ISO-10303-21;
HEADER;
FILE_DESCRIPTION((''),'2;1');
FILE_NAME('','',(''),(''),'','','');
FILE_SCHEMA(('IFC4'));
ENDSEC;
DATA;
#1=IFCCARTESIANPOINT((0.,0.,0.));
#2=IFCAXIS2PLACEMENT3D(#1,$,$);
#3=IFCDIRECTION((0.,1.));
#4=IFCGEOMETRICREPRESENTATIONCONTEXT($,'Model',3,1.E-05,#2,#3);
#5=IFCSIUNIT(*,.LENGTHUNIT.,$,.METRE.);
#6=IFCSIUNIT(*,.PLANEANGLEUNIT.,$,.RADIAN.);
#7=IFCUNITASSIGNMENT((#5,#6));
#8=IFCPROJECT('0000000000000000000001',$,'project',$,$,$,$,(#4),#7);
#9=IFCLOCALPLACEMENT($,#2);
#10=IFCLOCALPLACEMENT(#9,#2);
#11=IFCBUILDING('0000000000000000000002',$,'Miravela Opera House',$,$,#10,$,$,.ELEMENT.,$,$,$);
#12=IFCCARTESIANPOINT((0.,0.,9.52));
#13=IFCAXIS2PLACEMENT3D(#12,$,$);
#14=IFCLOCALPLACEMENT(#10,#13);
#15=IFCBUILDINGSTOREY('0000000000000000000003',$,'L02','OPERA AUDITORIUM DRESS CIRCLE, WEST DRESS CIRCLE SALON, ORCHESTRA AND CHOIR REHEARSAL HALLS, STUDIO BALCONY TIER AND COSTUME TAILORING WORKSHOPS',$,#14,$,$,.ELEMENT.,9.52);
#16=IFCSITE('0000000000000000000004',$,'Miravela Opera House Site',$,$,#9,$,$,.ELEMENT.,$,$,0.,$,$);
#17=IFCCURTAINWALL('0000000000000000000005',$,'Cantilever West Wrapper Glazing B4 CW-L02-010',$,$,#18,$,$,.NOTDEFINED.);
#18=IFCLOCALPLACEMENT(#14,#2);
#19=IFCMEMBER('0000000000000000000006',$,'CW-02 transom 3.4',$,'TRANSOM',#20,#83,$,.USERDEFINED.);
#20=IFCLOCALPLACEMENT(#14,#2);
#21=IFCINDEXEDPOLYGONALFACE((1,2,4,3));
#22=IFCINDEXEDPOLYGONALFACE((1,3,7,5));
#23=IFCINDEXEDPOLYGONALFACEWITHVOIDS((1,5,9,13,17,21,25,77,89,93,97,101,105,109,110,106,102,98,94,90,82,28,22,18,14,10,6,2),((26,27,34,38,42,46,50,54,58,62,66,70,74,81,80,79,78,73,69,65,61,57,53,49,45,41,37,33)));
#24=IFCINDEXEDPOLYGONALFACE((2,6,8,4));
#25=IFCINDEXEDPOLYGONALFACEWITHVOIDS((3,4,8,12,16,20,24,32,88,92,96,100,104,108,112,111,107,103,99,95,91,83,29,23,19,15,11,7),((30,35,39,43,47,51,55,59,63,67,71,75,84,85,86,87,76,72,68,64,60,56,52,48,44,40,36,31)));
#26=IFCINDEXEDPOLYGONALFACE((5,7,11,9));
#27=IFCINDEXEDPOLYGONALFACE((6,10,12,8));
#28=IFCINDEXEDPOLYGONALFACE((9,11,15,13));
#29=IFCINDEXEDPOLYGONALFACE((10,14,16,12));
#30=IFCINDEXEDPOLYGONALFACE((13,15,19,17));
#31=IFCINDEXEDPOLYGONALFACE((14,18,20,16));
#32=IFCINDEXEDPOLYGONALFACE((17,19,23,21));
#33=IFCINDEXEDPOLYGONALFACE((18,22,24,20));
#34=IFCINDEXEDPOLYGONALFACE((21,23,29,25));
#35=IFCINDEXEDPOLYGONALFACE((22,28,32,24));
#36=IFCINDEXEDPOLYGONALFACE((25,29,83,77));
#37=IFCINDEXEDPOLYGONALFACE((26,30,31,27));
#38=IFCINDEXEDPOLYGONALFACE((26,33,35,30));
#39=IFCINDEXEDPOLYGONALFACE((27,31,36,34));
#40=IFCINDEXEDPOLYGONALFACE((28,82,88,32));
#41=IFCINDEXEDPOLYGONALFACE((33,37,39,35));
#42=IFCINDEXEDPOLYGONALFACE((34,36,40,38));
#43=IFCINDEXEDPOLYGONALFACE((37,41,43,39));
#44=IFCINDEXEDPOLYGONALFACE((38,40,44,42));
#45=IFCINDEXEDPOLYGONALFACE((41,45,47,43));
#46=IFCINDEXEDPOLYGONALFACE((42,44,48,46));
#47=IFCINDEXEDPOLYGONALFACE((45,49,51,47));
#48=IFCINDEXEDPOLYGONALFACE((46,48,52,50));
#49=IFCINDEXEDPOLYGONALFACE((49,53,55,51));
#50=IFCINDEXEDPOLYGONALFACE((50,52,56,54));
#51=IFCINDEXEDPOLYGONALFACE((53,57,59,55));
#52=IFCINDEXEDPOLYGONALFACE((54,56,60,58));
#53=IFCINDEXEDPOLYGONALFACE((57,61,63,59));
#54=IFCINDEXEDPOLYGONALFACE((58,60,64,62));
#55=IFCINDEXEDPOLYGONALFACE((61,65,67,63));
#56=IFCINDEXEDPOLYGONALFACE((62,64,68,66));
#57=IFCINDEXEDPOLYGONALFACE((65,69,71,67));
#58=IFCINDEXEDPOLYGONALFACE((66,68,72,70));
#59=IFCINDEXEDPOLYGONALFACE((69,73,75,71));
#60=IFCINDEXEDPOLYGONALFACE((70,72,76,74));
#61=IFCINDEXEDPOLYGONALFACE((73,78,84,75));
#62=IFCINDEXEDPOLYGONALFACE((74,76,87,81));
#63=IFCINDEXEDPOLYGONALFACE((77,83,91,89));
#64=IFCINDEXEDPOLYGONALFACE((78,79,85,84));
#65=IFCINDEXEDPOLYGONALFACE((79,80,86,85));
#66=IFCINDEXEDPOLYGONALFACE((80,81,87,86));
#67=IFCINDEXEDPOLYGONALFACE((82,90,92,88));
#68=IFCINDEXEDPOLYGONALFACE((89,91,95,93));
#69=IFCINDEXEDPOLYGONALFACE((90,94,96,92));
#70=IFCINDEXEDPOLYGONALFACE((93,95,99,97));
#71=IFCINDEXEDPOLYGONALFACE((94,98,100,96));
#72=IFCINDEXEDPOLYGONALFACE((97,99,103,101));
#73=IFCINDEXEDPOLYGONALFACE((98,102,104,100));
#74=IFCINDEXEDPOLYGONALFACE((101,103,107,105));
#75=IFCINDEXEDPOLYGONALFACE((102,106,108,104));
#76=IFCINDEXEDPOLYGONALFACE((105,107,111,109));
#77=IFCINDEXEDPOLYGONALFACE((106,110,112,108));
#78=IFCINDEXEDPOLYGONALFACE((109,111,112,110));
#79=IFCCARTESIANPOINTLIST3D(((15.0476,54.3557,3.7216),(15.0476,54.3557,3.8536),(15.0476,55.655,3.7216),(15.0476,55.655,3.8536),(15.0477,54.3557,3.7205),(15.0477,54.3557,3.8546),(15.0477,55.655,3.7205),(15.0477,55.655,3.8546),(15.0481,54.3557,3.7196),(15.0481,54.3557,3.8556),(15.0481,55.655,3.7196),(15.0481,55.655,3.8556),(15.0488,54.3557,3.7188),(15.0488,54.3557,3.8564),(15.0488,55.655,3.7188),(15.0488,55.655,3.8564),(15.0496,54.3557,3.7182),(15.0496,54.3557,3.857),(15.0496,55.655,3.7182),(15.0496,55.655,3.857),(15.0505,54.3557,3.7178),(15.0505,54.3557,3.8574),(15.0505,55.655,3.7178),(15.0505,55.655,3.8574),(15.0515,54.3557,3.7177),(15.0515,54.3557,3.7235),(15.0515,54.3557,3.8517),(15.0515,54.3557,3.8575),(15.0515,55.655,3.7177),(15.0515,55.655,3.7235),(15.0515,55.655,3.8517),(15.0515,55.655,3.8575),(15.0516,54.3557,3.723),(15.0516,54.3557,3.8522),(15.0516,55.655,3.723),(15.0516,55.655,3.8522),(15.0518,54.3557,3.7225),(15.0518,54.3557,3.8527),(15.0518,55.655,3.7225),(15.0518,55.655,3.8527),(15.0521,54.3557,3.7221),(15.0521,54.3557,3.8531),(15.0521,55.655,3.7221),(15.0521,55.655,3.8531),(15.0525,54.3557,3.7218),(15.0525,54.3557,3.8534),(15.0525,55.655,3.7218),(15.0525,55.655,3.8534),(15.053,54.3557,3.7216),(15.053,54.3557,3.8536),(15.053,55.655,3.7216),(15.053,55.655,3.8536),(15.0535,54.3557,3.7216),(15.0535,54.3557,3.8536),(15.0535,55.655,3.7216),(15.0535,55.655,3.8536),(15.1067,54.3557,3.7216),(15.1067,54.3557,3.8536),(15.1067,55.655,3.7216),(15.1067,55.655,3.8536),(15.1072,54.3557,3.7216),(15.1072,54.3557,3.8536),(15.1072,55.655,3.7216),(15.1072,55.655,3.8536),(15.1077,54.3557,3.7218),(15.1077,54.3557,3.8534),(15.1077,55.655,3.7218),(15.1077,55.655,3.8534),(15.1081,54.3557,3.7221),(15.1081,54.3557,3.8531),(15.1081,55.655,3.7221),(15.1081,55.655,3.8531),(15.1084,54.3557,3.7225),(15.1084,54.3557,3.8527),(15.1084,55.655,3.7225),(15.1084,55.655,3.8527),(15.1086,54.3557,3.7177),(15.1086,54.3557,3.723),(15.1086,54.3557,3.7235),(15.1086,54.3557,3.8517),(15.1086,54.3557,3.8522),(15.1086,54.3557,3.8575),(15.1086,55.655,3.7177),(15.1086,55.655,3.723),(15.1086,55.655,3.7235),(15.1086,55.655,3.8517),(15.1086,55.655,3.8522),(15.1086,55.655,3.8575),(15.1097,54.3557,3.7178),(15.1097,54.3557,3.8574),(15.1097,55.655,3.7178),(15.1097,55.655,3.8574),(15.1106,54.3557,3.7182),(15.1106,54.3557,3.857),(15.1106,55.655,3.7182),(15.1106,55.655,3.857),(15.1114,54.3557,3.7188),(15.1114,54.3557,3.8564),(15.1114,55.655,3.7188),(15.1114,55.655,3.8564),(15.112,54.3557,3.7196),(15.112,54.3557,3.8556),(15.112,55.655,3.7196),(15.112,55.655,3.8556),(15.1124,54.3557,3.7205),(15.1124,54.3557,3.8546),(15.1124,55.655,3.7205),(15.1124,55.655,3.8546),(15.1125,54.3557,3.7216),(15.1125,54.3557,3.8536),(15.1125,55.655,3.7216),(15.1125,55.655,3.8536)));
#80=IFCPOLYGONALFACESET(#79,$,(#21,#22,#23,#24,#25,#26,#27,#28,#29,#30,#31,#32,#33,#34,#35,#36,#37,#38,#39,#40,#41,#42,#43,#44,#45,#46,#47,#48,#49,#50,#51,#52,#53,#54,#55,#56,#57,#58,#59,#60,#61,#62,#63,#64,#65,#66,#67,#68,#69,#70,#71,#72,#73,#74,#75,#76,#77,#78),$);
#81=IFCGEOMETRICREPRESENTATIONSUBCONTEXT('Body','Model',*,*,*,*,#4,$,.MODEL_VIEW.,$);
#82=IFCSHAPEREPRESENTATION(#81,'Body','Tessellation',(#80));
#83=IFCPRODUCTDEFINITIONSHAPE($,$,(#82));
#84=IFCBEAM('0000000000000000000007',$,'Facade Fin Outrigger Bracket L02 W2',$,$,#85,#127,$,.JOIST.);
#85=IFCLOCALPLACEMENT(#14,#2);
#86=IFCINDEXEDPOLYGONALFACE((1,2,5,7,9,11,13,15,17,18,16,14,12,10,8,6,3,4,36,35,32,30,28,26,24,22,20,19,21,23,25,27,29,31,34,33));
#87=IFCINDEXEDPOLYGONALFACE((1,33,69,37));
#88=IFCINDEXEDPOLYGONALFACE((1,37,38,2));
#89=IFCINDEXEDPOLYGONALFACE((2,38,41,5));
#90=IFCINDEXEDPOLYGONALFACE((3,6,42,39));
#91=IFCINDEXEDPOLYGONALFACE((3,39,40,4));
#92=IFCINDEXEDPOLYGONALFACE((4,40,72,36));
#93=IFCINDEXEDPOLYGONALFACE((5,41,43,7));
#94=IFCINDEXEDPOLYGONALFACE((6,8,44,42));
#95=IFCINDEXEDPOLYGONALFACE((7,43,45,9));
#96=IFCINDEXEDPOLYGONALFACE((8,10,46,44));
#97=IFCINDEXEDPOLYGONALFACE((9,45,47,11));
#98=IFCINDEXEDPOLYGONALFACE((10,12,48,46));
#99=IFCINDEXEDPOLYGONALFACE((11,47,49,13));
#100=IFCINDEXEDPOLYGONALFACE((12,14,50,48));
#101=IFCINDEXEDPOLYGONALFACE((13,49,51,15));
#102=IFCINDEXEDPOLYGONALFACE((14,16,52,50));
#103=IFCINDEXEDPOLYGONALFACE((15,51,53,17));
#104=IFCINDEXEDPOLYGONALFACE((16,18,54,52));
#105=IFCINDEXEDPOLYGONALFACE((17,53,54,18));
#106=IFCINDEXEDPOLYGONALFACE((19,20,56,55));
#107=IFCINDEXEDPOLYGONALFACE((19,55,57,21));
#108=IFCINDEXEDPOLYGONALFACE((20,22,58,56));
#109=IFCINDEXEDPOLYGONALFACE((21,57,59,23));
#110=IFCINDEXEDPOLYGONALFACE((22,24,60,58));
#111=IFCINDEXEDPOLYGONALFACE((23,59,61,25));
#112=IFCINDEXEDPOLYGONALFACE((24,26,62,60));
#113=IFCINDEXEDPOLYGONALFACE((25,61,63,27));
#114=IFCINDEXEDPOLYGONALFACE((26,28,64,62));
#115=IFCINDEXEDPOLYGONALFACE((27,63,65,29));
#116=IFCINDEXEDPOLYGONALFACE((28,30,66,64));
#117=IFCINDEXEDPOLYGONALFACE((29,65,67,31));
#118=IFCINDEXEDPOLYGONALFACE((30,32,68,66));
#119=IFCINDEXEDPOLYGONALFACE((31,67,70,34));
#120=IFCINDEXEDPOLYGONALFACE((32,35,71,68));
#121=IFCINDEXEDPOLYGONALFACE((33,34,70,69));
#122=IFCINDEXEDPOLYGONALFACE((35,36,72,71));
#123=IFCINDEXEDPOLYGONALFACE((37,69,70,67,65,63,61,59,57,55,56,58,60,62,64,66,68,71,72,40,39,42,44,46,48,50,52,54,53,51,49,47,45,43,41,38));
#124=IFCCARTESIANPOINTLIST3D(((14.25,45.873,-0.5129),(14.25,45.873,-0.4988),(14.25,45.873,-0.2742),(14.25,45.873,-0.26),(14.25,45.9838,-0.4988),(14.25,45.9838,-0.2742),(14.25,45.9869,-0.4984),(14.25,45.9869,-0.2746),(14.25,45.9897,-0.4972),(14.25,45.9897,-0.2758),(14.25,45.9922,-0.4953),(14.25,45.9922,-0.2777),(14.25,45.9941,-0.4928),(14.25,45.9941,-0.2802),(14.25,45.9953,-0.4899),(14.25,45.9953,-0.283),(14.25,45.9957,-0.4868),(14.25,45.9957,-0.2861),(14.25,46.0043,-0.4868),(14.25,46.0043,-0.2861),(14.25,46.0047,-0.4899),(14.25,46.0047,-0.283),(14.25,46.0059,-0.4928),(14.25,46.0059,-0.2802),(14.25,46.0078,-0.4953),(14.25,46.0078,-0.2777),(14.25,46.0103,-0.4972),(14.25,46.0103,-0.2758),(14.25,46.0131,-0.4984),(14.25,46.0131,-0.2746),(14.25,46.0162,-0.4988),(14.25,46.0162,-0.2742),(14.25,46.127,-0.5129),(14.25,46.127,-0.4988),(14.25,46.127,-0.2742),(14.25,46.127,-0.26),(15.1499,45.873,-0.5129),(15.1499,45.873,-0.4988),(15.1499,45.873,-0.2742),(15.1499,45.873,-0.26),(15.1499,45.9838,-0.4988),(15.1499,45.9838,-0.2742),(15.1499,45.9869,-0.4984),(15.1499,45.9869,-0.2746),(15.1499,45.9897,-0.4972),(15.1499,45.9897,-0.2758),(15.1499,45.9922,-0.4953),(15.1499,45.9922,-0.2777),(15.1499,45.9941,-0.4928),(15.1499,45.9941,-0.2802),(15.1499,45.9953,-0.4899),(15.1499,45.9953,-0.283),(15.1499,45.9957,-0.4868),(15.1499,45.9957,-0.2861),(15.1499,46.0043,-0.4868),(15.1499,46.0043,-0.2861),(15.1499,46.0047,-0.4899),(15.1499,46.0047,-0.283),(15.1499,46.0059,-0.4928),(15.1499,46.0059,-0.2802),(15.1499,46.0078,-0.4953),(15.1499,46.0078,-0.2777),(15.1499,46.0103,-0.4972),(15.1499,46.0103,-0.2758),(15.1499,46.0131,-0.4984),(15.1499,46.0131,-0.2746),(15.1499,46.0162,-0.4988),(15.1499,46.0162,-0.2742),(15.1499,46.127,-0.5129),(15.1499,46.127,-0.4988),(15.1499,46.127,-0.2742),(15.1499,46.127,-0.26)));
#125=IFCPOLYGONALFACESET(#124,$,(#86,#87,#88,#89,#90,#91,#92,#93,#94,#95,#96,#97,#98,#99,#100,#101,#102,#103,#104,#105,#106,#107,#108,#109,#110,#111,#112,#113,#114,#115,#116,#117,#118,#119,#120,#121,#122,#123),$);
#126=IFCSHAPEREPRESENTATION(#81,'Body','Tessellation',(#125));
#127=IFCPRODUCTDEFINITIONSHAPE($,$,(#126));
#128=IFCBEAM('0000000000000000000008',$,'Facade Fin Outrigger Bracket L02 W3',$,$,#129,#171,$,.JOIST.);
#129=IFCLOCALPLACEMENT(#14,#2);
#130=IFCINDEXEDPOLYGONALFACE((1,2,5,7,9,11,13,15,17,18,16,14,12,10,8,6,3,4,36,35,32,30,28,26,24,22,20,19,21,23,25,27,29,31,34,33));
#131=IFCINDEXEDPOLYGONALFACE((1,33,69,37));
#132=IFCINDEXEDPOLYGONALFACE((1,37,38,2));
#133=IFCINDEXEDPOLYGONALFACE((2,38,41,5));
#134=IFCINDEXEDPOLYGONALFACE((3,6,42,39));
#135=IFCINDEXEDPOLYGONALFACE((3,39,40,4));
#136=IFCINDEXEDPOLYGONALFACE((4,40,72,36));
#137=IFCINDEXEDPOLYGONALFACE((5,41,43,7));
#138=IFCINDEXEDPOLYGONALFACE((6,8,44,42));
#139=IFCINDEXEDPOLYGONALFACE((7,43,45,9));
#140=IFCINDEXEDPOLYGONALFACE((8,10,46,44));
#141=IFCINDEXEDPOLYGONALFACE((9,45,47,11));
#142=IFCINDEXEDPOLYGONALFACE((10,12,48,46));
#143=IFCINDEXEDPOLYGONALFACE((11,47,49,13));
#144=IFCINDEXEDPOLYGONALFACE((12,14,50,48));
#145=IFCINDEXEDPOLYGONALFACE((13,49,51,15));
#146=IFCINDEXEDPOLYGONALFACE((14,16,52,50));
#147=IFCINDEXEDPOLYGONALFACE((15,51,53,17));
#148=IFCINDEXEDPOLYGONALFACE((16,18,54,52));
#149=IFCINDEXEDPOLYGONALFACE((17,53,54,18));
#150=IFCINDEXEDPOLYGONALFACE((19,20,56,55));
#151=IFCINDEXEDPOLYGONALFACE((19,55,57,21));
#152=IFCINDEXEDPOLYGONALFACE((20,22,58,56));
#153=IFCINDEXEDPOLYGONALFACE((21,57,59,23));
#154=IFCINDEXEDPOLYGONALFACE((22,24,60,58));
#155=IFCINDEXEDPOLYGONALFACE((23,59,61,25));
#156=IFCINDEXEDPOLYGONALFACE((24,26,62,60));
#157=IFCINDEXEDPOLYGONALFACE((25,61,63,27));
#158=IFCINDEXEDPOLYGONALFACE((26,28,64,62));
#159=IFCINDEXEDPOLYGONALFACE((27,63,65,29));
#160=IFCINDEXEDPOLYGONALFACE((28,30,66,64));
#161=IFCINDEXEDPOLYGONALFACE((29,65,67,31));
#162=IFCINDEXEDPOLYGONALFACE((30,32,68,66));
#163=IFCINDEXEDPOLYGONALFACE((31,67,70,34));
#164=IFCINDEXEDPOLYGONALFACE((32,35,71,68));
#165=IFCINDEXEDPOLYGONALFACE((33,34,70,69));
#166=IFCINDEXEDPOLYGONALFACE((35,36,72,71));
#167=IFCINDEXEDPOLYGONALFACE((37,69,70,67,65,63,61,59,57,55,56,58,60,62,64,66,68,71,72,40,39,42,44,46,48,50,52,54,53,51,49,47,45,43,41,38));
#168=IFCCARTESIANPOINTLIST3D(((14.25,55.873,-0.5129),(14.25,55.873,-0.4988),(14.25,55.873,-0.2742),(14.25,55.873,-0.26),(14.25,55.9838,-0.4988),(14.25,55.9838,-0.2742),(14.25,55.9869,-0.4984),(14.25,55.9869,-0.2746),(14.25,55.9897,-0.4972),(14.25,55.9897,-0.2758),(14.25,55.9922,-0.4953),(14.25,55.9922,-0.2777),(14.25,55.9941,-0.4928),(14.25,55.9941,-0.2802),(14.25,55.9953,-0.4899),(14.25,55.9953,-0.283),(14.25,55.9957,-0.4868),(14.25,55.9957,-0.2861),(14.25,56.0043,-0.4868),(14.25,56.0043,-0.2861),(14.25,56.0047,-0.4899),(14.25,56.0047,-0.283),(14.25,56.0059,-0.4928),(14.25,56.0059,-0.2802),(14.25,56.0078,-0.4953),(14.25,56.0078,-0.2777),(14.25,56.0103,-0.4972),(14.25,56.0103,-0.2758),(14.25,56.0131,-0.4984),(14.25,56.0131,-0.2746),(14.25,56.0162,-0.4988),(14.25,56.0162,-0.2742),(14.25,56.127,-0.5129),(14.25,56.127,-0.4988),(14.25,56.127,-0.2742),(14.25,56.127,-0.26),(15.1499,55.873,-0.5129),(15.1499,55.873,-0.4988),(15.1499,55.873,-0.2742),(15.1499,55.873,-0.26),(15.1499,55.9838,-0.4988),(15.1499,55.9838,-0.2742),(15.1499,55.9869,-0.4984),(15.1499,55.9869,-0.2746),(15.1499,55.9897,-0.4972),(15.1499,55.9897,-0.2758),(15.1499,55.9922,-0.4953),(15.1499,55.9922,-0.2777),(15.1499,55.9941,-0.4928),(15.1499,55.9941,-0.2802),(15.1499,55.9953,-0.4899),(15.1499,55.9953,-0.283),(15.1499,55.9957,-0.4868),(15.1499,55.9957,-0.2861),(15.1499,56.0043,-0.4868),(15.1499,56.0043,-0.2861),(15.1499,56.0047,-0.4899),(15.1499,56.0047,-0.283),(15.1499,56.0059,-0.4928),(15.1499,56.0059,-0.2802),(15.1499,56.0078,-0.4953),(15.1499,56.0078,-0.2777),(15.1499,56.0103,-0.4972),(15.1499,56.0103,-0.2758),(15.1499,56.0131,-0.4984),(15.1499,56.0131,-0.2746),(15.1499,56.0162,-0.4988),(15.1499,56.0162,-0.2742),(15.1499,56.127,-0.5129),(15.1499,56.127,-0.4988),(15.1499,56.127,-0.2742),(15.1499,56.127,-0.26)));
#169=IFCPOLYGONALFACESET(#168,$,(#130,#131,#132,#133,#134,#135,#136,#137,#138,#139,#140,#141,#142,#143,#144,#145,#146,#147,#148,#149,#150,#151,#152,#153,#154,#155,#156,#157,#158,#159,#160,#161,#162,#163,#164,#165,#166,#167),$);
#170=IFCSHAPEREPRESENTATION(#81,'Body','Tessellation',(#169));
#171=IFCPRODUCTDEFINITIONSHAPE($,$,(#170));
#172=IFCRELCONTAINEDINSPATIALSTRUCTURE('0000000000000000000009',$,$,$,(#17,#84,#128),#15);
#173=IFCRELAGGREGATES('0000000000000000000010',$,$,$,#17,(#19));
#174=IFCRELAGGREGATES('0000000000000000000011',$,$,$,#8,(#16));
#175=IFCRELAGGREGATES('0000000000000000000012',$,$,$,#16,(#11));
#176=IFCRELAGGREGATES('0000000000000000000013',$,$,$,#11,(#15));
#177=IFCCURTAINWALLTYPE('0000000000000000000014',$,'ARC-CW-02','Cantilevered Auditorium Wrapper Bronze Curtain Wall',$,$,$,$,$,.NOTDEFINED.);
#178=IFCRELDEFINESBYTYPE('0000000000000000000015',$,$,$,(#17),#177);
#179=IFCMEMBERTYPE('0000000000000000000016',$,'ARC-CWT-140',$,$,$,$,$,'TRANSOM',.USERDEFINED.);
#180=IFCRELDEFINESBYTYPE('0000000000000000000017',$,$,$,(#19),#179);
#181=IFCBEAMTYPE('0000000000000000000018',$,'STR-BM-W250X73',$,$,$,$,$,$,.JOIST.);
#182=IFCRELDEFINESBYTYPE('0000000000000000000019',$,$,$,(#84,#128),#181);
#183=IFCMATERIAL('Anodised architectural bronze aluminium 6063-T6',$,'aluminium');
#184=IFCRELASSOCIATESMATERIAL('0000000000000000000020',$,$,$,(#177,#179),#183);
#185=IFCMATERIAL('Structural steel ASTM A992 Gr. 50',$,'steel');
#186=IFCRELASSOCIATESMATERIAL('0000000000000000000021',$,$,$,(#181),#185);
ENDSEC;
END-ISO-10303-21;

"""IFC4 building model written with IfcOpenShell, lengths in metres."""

from ifc_helpers import new_model, si_unit, direction, frame, origin, origin_2d, place, context, subcontext, project, spatial, hollow_rectangle, i_section, extrude, material, material_profile, profile_set, type_object, element, aggregate, save


model = new_model("IFC4")

# Units and contexts
model_context = context("Model", 3, precision=1e-05, world=origin(), true_north=direction((0.0, 1.0)))
body_context = subcontext(model_context, "Body", "Model", "MODEL_VIEW")
ifc_project = project(units=[si_unit("LENGTHUNIT", "METRE"), si_unit("PLANEANGLEUNIT", "RADIAN")], contexts=[model_context])

# Site, building, storey
site_placement = place(None, origin())
site = spatial("IfcSite", under=ifc_project, at=site_placement, Name="Miravela Opera House Site", CompositionType="ELEMENT", RefElevation=0.0)
building_placement = place(site_placement, origin())
building = spatial("IfcBuilding", under=site, at=building_placement, Name="Miravela Opera House", CompositionType="ELEMENT")
storey_placement = place(building_placement, frame((0.0, 0.0, 9.52)))
storey = spatial("IfcBuildingStorey", under=building, at=storey_placement, Name="L02", Description="OPERA AUDITORIUM DRESS CIRCLE, WEST DRESS CIRCLE SALON, ORCHESTRA AND CHOIR REHEARSAL HALLS, STUDIO BALCONY TIER AND COSTUME TAILORING WORKSHOPS", CompositionType="ELEMENT", Elevation=9.52)

# Curtain wall, member
ifc_material_1 = material(Name="Anodised architectural bronze aluminium 6063-T6", Category="aluminium")
curtain_wall_type = type_object("IfcCurtainWallType", Name="ARC-CW-02", Description="Cantilevered Auditorium Wrapper Bronze Curtain Wall", PredefinedType="NOTDEFINED", material=ifc_material_1)
curtain_wall_placement = place(storey_placement, origin())
curtain_wall = element("IfcCurtainWall", 1, at=curtain_wall_placement, inside=storey, type_object=curtain_wall_type, Name="Cantilever West Wrapper Glazing B4 CW-L02-010", PredefinedType="NOTDEFINED")
ifc_material_profile_1 = material_profile(ifc_material_1, hollow_rectangle(XDim=0.0649, YDim=0.1399, WallThickness=0.0039, InnerFilletRadius=0.002, OuterFilletRadius=0.0039, at=origin_2d()), Name="CWT-65X140")
ifc_profile_set_1 = profile_set([ifc_material_profile_1])
member_type_1 = type_object("IfcMemberType", Name="ARC-CWT-140", ElementType="TRANSOM", PredefinedType="USERDEFINED", material=ifc_profile_set_1)
member_1_placement = place(storey_placement, frame((15.0801, 54.3557, 3.7876), z_axis=(0.0, 1.0, 0.0), x_axis=(-1.0, 0.0, 0.0)))
member_1 = element("IfcMember", 2, at=member_1_placement, type_object=member_type_1, Name="CW-02 transom 3.4", ObjectType="TRANSOM", PredefinedType="USERDEFINED", context=body_context, shape_type="SweptSolid", body=[
    extrude(hollow_rectangle(XDim=0.0649, YDim=0.1399, WallThickness=0.0039, InnerFilletRadius=0.002, OuterFilletRadius=0.0039, at=origin_2d()), origin(), (0.0, 0.0, 1.0), 1.2993),
])

# Beams
ifc_material_2 = material(Name="Structural steel ASTM A992 Gr. 50", Category="steel")
ifc_material_profile_2 = material_profile(ifc_material_2, i_section(OverallWidth=0.2539, OverallDepth=0.2529, WebThickness=0.0085, FlangeThickness=0.0142, FilletRadius=0.012, at=origin_2d()), Name="W250X73")
ifc_profile_set_2 = profile_set([ifc_material_profile_2])
beam_type_1 = type_object("IfcBeamType", Name="STR-BM-W250X73", PredefinedType="JOIST", material=ifc_profile_set_2)
for number, where, z_axis, x_axis, name in (
    (3, (15.1499, 46.0, -0.3865), (-1.0, 0.0, 0.0), (0.0, -1.0, 0.0), "Facade Fin Outrigger Bracket L02 W2"),
    (4, (15.1499, 56.0, -0.3865), (-1.0, 0.0, 0.0), (0.0, -1.0, 0.0), "Facade Fin Outrigger Bracket L02 W3"),
):
    element("IfcBeam", number, at=place(storey_placement, frame(where, z_axis=z_axis, x_axis=x_axis)), inside=storey, type_object=beam_type_1, Name=name, PredefinedType="JOIST", context=body_context, shape_type="SweptSolid", body=[
        extrude(i_section(OverallWidth=0.2539, OverallDepth=0.2529, WebThickness=0.0085, FlangeThickness=0.0142, FilletRadius=0.012, at=origin_2d()), origin(), (0.0, 0.0, 1.0), 0.8999),
    ])

aggregate(curtain_wall, [member_1])

save(model, "model.ifc")
